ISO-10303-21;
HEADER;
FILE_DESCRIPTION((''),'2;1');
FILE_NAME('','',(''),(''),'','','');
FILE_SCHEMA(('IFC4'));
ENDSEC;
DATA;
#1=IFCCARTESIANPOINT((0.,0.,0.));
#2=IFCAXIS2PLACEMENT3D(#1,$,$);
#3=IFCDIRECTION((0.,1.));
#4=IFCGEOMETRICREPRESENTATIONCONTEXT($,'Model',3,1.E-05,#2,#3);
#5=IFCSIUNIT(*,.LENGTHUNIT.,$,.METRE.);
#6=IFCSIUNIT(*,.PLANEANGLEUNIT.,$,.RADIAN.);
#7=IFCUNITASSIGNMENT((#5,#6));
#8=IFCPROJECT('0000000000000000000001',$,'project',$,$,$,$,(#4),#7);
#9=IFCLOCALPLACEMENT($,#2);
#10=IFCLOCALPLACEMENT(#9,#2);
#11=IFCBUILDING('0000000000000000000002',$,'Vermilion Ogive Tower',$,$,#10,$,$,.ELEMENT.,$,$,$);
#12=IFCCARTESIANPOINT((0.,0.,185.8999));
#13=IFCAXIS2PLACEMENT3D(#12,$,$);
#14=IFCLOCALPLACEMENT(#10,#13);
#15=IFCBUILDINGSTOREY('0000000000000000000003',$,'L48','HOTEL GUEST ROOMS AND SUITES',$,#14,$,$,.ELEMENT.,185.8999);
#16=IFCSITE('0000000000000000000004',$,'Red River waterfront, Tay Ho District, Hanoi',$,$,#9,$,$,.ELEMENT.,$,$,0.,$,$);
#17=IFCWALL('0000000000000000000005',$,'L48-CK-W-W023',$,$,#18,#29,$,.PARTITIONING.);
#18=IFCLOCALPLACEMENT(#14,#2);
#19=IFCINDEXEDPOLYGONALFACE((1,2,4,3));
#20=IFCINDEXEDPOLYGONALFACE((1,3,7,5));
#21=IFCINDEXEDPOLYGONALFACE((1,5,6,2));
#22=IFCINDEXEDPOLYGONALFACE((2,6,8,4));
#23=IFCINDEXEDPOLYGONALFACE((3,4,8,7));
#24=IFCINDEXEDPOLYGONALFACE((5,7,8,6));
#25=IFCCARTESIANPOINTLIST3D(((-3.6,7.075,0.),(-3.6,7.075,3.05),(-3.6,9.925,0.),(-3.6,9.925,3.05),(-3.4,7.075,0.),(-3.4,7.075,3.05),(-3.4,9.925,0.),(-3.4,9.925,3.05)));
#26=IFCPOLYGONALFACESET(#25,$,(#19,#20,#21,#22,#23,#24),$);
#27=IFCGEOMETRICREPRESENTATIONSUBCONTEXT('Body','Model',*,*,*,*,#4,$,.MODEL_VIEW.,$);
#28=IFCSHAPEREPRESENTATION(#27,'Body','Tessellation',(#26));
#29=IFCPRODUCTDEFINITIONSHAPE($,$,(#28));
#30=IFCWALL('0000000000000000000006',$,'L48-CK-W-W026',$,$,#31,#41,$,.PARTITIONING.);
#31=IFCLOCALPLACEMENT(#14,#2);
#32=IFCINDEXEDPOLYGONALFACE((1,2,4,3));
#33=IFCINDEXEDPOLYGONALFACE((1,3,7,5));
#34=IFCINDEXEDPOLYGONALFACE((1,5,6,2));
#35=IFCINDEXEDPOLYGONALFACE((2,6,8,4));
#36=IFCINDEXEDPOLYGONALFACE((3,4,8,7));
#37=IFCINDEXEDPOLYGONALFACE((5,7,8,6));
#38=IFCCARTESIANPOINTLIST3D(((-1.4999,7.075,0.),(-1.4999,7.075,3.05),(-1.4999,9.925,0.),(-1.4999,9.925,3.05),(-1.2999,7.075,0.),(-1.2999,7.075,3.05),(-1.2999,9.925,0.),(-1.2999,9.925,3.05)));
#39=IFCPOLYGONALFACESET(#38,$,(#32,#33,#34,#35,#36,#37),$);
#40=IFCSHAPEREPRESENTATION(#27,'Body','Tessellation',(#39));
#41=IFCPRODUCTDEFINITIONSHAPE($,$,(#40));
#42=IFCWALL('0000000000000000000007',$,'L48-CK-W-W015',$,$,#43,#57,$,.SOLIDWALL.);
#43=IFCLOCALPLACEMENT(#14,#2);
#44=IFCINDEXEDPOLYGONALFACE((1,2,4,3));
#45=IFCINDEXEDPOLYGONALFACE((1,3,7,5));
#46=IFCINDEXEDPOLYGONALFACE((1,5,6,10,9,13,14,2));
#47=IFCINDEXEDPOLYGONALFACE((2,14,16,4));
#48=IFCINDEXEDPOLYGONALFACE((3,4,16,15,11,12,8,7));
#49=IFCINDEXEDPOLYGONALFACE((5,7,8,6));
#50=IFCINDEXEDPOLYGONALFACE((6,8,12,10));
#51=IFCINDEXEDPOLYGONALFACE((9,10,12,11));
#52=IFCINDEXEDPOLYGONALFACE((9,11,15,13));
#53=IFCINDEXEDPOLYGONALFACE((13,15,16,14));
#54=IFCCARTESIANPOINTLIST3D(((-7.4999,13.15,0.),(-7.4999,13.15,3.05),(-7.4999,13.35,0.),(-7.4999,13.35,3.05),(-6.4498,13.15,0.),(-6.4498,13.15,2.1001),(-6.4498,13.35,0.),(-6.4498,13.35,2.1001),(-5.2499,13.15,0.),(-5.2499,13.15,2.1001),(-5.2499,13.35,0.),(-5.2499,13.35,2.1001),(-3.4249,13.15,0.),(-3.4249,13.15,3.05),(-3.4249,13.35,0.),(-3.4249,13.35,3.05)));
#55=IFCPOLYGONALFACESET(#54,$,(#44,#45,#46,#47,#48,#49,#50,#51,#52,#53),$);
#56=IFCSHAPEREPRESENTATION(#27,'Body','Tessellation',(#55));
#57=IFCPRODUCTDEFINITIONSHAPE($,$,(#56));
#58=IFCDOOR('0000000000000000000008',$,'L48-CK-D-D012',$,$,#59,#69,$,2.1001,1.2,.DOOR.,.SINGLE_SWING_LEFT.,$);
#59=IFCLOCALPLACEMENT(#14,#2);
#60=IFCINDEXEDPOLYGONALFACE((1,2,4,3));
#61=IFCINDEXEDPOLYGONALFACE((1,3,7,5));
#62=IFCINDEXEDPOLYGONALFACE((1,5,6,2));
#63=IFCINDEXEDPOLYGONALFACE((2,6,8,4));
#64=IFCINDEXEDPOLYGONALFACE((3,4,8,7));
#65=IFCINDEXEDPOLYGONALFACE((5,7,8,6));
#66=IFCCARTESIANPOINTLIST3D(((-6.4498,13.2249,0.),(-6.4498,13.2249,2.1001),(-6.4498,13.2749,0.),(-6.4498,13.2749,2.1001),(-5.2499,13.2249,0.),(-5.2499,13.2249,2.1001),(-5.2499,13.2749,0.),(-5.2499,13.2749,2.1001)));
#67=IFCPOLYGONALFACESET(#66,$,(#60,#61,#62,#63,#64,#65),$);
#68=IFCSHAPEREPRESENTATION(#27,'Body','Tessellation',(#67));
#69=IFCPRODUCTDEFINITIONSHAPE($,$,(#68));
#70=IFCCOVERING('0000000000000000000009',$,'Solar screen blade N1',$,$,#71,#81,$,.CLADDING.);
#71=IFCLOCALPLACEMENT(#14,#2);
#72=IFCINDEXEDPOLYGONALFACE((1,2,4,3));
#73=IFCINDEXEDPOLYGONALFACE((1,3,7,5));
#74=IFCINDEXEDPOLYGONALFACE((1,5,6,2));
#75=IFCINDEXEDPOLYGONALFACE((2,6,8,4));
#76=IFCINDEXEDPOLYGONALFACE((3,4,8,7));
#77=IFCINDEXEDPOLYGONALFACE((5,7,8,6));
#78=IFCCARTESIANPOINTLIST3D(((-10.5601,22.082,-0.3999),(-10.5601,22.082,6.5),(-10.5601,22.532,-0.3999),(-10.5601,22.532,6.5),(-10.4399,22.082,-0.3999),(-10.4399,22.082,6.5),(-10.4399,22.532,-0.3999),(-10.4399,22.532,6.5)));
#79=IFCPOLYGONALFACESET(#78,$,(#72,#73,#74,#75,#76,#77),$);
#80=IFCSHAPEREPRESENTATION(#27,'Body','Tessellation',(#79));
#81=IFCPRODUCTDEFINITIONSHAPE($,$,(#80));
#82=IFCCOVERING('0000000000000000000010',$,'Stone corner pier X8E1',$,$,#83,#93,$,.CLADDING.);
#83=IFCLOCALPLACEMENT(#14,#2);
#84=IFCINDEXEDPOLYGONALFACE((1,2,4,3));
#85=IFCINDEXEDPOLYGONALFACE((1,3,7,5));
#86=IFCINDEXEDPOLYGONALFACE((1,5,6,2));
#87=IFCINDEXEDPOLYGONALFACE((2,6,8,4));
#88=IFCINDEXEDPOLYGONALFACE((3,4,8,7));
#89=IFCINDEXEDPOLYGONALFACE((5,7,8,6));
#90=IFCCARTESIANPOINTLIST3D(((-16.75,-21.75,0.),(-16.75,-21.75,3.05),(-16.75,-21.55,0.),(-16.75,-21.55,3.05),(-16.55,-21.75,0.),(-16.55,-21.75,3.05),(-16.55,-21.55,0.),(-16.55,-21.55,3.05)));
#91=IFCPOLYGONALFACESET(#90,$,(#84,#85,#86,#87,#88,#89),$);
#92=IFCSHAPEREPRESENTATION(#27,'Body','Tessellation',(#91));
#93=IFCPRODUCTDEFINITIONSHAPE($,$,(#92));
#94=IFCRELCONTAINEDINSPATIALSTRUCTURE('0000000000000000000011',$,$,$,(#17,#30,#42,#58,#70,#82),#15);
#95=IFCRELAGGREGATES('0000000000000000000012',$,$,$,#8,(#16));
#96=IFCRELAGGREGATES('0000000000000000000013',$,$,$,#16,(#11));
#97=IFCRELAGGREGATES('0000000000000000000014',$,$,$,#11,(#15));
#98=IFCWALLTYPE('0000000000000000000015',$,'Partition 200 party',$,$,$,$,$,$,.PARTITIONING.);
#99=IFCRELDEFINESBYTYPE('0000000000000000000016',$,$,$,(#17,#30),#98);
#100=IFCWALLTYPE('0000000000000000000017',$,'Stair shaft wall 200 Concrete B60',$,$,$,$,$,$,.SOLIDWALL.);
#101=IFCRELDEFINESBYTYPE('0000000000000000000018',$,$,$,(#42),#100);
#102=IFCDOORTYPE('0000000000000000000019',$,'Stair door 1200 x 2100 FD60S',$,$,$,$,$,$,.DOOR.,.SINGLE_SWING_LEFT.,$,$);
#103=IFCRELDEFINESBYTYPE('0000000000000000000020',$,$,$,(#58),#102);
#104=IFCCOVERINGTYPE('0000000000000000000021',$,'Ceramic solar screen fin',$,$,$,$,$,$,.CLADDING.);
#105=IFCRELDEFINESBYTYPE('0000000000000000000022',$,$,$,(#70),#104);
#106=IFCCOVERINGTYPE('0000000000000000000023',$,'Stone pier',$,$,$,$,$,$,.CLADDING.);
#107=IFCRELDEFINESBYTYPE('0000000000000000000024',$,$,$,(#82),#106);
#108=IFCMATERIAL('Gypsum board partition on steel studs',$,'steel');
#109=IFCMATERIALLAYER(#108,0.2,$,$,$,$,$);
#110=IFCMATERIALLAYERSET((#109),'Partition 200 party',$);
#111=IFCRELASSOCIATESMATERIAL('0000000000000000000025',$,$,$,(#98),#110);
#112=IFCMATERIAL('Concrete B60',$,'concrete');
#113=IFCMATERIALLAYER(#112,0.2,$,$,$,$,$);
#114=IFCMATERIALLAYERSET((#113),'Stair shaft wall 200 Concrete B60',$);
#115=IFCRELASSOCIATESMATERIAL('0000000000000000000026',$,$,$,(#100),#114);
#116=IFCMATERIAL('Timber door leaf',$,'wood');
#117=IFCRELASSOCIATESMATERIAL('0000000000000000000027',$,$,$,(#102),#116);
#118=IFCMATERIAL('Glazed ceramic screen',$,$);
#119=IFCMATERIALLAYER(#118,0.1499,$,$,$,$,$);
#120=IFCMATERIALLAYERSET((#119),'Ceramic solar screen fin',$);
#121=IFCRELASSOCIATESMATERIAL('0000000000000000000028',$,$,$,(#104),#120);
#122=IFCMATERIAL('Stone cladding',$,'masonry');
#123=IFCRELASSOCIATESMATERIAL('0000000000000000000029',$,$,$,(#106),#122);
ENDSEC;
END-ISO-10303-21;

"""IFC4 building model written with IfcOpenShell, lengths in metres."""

from ifc_helpers import new_model, si_unit, direction, frame, frame_2d, origin, place, context, subcontext, project, spatial, polyline, rectangle, outline, extrude, material, layer, layer_set, type_object, element, fill, save


model = new_model("IFC4")

# Units and contexts
model_context = context("Model", 3, precision=1e-05, world=origin(), true_north=direction((0.0, 1.0)))
body_context = subcontext(model_context, "Body", "Model", "MODEL_VIEW")
ifc_project = project(units=[si_unit("LENGTHUNIT", "METRE"), si_unit("PLANEANGLEUNIT", "RADIAN")], contexts=[model_context])

# Site, building, storey
site_placement = place(None, origin())
site = spatial("IfcSite", under=ifc_project, at=site_placement, Name="Red River waterfront, Tay Ho District, Hanoi", CompositionType="ELEMENT", RefElevation=0.0)
building_placement = place(site_placement, origin())
building = spatial("IfcBuilding", under=site, at=building_placement, Name="Vermilion Ogive Tower", CompositionType="ELEMENT")
storey_placement = place(building_placement, frame((0.0, 0.0, 185.8999)))
storey = spatial("IfcBuildingStorey", under=building, at=storey_placement, Name="L48", Description="HOTEL GUEST ROOMS AND SUITES", CompositionType="ELEMENT", Elevation=185.8999)

# Shared definitions
ifc_material_1 = material(Name="Gypsum board partition on steel studs", Category="steel")
ifc_layer_1 = layer(ifc_material_1, 0.2)
ifc_layer_set_1 = layer_set([ifc_layer_1], Name="Partition 200 party")
wall_type_1 = type_object("IfcWallType", Name="Partition 200 party", PredefinedType="PARTITIONING", material=ifc_layer_set_1)

# Walls
for number, where, z_axis, x_axis, name in (
    (1, (-3.5, 7.075, 0.0), (0.0, 0.0, 1.0), (0.0, 1.0, 0.0), "L48-CK-W-W023"),
    (2, (-1.3999, 7.075, 0.0), (0.0, 0.0, 1.0), (0.0, 1.0, 0.0), "L48-CK-W-W026"),
):
    element("IfcWall", number, at=place(storey_placement, frame(where, z_axis=z_axis, x_axis=x_axis)), inside=storey, type_object=wall_type_1, Name=name, PredefinedType="PARTITIONING", context=body_context, shape_type="SweptSolid", body=[
        extrude(rectangle(XDim=2.8501, YDim=0.2, at=frame_2d((1.425, 0.0))), origin(), (0.0, 0.0, 1.0), 3.05),
    ])

# Wall, opening, door
ifc_material_2 = material(Name="Concrete B60", Category="concrete")
ifc_layer_2 = layer(ifc_material_2, 0.2)
ifc_layer_set_2 = layer_set([ifc_layer_2], Name="Stair shaft wall 200 Concrete B60")
wall_type_2 = type_object("IfcWallType", Name="Stair shaft wall 200 Concrete B60", PredefinedType="SOLIDWALL", material=ifc_layer_set_2)
wall_1_placement = place(storey_placement, frame((-7.5, 13.25, 0.0), z_axis=(0.0, 0.0, 1.0), x_axis=(1.0, 0.0, 0.0)))
wall_1 = element("IfcWall", 3, at=wall_1_placement, inside=storey, type_object=wall_type_2, Name="L48-CK-W-W015", PredefinedType="SOLIDWALL", context=body_context, shape_type="SweptSolid", body=[
    extrude(rectangle(XDim=4.075, YDim=0.2, at=frame_2d((2.0376, 0.0))), origin(), (0.0, 0.0, 1.0), 3.05),
])
opening_1_placement = place(wall_1_placement, frame((1.05, 0.0, 0.0)))
opening_1 = element("IfcOpeningElement", 4, at=opening_1_placement, cuts=wall_1, PredefinedType="OPENING", context=body_context, shape_type="SweptSolid", body=[
    extrude(rectangle(XDim=1.2, YDim=2.1001, at=frame_2d((0.6001, 1.05))), frame((0.0, 0.1099, 0.0), z_axis=(0.0, -1.0, 0.0), x_axis=(1.0, 0.0, 0.0)), (0.0, 0.0, 1.0), 0.22),
])
ifc_material_3 = material(Name="Timber door leaf", Category="wood")
door_type_1 = type_object("IfcDoorType", Name="Stair door 1200 x 2100 FD60S", OperationType="SINGLE_SWING_LEFT", PredefinedType="DOOR", material=ifc_material_3)
door_1_placement = place(opening_1_placement, origin())
door_1 = element("IfcDoor", 5, at=door_1_placement, inside=storey, type_object=door_type_1, Name="L48-CK-D-D012", OperationType="SINGLE_SWING_LEFT", OverallHeight=2.1001, OverallWidth=1.2, PredefinedType="DOOR", context=body_context, shape_type="SweptSolid", body=[
    extrude(rectangle(XDim=1.2, YDim=2.1001, at=frame_2d((0.6001, 1.05))), frame((0.0, 0.0249, 0.0), z_axis=(0.0, -1.0, 0.0), x_axis=(1.0, 0.0, 0.0)), (0.0, 0.0, 1.0), 0.05),
])
fill(opening_1, door_1)

# Coverings
ifc_material_4 = material(Name="Glazed ceramic screen")
ifc_layer_3 = layer(ifc_material_4, 0.1499)
ifc_layer_set_3 = layer_set([ifc_layer_3], Name="Ceramic solar screen fin")
covering_type_1 = type_object("IfcCoveringType", Name="Ceramic solar screen fin", PredefinedType="CLADDING", material=ifc_layer_set_3)
covering_1_placement = place(storey_placement, frame((0.0, 0.0, -0.3999)))
element("IfcCovering", 6, at=covering_1_placement, inside=storey, type_object=covering_type_1, Name="Solar screen blade N1", PredefinedType="CLADDING", context=body_context, shape_type="SweptSolid", body=[
    extrude(outline(polyline([(-10.5601, 22.082), (-10.4399, 22.082), (-10.4399, 22.532), (-10.5601, 22.532), (-10.5601, 22.082)])), origin(), (0.0, 0.0, 1.0), 6.8999),
])
ifc_material_5 = material(Name="Stone cladding", Category="masonry")
covering_type_2 = type_object("IfcCoveringType", Name="Stone pier", PredefinedType="CLADDING", material=ifc_material_5)
covering_2_placement = place(storey_placement, origin())
element("IfcCovering", 7, at=covering_2_placement, inside=storey, type_object=covering_type_2, Name="Stone corner pier X8E1", PredefinedType="CLADDING", context=body_context, shape_type="SweptSolid", body=[
    extrude(outline(polyline([(-16.55, -21.55), (-16.55, -21.75), (-16.75, -21.75), (-16.75, -21.55), (-16.55, -21.55)])), origin(), (0.0, 0.0, 1.0), 3.05),
])

save(model, "model.ifc")
